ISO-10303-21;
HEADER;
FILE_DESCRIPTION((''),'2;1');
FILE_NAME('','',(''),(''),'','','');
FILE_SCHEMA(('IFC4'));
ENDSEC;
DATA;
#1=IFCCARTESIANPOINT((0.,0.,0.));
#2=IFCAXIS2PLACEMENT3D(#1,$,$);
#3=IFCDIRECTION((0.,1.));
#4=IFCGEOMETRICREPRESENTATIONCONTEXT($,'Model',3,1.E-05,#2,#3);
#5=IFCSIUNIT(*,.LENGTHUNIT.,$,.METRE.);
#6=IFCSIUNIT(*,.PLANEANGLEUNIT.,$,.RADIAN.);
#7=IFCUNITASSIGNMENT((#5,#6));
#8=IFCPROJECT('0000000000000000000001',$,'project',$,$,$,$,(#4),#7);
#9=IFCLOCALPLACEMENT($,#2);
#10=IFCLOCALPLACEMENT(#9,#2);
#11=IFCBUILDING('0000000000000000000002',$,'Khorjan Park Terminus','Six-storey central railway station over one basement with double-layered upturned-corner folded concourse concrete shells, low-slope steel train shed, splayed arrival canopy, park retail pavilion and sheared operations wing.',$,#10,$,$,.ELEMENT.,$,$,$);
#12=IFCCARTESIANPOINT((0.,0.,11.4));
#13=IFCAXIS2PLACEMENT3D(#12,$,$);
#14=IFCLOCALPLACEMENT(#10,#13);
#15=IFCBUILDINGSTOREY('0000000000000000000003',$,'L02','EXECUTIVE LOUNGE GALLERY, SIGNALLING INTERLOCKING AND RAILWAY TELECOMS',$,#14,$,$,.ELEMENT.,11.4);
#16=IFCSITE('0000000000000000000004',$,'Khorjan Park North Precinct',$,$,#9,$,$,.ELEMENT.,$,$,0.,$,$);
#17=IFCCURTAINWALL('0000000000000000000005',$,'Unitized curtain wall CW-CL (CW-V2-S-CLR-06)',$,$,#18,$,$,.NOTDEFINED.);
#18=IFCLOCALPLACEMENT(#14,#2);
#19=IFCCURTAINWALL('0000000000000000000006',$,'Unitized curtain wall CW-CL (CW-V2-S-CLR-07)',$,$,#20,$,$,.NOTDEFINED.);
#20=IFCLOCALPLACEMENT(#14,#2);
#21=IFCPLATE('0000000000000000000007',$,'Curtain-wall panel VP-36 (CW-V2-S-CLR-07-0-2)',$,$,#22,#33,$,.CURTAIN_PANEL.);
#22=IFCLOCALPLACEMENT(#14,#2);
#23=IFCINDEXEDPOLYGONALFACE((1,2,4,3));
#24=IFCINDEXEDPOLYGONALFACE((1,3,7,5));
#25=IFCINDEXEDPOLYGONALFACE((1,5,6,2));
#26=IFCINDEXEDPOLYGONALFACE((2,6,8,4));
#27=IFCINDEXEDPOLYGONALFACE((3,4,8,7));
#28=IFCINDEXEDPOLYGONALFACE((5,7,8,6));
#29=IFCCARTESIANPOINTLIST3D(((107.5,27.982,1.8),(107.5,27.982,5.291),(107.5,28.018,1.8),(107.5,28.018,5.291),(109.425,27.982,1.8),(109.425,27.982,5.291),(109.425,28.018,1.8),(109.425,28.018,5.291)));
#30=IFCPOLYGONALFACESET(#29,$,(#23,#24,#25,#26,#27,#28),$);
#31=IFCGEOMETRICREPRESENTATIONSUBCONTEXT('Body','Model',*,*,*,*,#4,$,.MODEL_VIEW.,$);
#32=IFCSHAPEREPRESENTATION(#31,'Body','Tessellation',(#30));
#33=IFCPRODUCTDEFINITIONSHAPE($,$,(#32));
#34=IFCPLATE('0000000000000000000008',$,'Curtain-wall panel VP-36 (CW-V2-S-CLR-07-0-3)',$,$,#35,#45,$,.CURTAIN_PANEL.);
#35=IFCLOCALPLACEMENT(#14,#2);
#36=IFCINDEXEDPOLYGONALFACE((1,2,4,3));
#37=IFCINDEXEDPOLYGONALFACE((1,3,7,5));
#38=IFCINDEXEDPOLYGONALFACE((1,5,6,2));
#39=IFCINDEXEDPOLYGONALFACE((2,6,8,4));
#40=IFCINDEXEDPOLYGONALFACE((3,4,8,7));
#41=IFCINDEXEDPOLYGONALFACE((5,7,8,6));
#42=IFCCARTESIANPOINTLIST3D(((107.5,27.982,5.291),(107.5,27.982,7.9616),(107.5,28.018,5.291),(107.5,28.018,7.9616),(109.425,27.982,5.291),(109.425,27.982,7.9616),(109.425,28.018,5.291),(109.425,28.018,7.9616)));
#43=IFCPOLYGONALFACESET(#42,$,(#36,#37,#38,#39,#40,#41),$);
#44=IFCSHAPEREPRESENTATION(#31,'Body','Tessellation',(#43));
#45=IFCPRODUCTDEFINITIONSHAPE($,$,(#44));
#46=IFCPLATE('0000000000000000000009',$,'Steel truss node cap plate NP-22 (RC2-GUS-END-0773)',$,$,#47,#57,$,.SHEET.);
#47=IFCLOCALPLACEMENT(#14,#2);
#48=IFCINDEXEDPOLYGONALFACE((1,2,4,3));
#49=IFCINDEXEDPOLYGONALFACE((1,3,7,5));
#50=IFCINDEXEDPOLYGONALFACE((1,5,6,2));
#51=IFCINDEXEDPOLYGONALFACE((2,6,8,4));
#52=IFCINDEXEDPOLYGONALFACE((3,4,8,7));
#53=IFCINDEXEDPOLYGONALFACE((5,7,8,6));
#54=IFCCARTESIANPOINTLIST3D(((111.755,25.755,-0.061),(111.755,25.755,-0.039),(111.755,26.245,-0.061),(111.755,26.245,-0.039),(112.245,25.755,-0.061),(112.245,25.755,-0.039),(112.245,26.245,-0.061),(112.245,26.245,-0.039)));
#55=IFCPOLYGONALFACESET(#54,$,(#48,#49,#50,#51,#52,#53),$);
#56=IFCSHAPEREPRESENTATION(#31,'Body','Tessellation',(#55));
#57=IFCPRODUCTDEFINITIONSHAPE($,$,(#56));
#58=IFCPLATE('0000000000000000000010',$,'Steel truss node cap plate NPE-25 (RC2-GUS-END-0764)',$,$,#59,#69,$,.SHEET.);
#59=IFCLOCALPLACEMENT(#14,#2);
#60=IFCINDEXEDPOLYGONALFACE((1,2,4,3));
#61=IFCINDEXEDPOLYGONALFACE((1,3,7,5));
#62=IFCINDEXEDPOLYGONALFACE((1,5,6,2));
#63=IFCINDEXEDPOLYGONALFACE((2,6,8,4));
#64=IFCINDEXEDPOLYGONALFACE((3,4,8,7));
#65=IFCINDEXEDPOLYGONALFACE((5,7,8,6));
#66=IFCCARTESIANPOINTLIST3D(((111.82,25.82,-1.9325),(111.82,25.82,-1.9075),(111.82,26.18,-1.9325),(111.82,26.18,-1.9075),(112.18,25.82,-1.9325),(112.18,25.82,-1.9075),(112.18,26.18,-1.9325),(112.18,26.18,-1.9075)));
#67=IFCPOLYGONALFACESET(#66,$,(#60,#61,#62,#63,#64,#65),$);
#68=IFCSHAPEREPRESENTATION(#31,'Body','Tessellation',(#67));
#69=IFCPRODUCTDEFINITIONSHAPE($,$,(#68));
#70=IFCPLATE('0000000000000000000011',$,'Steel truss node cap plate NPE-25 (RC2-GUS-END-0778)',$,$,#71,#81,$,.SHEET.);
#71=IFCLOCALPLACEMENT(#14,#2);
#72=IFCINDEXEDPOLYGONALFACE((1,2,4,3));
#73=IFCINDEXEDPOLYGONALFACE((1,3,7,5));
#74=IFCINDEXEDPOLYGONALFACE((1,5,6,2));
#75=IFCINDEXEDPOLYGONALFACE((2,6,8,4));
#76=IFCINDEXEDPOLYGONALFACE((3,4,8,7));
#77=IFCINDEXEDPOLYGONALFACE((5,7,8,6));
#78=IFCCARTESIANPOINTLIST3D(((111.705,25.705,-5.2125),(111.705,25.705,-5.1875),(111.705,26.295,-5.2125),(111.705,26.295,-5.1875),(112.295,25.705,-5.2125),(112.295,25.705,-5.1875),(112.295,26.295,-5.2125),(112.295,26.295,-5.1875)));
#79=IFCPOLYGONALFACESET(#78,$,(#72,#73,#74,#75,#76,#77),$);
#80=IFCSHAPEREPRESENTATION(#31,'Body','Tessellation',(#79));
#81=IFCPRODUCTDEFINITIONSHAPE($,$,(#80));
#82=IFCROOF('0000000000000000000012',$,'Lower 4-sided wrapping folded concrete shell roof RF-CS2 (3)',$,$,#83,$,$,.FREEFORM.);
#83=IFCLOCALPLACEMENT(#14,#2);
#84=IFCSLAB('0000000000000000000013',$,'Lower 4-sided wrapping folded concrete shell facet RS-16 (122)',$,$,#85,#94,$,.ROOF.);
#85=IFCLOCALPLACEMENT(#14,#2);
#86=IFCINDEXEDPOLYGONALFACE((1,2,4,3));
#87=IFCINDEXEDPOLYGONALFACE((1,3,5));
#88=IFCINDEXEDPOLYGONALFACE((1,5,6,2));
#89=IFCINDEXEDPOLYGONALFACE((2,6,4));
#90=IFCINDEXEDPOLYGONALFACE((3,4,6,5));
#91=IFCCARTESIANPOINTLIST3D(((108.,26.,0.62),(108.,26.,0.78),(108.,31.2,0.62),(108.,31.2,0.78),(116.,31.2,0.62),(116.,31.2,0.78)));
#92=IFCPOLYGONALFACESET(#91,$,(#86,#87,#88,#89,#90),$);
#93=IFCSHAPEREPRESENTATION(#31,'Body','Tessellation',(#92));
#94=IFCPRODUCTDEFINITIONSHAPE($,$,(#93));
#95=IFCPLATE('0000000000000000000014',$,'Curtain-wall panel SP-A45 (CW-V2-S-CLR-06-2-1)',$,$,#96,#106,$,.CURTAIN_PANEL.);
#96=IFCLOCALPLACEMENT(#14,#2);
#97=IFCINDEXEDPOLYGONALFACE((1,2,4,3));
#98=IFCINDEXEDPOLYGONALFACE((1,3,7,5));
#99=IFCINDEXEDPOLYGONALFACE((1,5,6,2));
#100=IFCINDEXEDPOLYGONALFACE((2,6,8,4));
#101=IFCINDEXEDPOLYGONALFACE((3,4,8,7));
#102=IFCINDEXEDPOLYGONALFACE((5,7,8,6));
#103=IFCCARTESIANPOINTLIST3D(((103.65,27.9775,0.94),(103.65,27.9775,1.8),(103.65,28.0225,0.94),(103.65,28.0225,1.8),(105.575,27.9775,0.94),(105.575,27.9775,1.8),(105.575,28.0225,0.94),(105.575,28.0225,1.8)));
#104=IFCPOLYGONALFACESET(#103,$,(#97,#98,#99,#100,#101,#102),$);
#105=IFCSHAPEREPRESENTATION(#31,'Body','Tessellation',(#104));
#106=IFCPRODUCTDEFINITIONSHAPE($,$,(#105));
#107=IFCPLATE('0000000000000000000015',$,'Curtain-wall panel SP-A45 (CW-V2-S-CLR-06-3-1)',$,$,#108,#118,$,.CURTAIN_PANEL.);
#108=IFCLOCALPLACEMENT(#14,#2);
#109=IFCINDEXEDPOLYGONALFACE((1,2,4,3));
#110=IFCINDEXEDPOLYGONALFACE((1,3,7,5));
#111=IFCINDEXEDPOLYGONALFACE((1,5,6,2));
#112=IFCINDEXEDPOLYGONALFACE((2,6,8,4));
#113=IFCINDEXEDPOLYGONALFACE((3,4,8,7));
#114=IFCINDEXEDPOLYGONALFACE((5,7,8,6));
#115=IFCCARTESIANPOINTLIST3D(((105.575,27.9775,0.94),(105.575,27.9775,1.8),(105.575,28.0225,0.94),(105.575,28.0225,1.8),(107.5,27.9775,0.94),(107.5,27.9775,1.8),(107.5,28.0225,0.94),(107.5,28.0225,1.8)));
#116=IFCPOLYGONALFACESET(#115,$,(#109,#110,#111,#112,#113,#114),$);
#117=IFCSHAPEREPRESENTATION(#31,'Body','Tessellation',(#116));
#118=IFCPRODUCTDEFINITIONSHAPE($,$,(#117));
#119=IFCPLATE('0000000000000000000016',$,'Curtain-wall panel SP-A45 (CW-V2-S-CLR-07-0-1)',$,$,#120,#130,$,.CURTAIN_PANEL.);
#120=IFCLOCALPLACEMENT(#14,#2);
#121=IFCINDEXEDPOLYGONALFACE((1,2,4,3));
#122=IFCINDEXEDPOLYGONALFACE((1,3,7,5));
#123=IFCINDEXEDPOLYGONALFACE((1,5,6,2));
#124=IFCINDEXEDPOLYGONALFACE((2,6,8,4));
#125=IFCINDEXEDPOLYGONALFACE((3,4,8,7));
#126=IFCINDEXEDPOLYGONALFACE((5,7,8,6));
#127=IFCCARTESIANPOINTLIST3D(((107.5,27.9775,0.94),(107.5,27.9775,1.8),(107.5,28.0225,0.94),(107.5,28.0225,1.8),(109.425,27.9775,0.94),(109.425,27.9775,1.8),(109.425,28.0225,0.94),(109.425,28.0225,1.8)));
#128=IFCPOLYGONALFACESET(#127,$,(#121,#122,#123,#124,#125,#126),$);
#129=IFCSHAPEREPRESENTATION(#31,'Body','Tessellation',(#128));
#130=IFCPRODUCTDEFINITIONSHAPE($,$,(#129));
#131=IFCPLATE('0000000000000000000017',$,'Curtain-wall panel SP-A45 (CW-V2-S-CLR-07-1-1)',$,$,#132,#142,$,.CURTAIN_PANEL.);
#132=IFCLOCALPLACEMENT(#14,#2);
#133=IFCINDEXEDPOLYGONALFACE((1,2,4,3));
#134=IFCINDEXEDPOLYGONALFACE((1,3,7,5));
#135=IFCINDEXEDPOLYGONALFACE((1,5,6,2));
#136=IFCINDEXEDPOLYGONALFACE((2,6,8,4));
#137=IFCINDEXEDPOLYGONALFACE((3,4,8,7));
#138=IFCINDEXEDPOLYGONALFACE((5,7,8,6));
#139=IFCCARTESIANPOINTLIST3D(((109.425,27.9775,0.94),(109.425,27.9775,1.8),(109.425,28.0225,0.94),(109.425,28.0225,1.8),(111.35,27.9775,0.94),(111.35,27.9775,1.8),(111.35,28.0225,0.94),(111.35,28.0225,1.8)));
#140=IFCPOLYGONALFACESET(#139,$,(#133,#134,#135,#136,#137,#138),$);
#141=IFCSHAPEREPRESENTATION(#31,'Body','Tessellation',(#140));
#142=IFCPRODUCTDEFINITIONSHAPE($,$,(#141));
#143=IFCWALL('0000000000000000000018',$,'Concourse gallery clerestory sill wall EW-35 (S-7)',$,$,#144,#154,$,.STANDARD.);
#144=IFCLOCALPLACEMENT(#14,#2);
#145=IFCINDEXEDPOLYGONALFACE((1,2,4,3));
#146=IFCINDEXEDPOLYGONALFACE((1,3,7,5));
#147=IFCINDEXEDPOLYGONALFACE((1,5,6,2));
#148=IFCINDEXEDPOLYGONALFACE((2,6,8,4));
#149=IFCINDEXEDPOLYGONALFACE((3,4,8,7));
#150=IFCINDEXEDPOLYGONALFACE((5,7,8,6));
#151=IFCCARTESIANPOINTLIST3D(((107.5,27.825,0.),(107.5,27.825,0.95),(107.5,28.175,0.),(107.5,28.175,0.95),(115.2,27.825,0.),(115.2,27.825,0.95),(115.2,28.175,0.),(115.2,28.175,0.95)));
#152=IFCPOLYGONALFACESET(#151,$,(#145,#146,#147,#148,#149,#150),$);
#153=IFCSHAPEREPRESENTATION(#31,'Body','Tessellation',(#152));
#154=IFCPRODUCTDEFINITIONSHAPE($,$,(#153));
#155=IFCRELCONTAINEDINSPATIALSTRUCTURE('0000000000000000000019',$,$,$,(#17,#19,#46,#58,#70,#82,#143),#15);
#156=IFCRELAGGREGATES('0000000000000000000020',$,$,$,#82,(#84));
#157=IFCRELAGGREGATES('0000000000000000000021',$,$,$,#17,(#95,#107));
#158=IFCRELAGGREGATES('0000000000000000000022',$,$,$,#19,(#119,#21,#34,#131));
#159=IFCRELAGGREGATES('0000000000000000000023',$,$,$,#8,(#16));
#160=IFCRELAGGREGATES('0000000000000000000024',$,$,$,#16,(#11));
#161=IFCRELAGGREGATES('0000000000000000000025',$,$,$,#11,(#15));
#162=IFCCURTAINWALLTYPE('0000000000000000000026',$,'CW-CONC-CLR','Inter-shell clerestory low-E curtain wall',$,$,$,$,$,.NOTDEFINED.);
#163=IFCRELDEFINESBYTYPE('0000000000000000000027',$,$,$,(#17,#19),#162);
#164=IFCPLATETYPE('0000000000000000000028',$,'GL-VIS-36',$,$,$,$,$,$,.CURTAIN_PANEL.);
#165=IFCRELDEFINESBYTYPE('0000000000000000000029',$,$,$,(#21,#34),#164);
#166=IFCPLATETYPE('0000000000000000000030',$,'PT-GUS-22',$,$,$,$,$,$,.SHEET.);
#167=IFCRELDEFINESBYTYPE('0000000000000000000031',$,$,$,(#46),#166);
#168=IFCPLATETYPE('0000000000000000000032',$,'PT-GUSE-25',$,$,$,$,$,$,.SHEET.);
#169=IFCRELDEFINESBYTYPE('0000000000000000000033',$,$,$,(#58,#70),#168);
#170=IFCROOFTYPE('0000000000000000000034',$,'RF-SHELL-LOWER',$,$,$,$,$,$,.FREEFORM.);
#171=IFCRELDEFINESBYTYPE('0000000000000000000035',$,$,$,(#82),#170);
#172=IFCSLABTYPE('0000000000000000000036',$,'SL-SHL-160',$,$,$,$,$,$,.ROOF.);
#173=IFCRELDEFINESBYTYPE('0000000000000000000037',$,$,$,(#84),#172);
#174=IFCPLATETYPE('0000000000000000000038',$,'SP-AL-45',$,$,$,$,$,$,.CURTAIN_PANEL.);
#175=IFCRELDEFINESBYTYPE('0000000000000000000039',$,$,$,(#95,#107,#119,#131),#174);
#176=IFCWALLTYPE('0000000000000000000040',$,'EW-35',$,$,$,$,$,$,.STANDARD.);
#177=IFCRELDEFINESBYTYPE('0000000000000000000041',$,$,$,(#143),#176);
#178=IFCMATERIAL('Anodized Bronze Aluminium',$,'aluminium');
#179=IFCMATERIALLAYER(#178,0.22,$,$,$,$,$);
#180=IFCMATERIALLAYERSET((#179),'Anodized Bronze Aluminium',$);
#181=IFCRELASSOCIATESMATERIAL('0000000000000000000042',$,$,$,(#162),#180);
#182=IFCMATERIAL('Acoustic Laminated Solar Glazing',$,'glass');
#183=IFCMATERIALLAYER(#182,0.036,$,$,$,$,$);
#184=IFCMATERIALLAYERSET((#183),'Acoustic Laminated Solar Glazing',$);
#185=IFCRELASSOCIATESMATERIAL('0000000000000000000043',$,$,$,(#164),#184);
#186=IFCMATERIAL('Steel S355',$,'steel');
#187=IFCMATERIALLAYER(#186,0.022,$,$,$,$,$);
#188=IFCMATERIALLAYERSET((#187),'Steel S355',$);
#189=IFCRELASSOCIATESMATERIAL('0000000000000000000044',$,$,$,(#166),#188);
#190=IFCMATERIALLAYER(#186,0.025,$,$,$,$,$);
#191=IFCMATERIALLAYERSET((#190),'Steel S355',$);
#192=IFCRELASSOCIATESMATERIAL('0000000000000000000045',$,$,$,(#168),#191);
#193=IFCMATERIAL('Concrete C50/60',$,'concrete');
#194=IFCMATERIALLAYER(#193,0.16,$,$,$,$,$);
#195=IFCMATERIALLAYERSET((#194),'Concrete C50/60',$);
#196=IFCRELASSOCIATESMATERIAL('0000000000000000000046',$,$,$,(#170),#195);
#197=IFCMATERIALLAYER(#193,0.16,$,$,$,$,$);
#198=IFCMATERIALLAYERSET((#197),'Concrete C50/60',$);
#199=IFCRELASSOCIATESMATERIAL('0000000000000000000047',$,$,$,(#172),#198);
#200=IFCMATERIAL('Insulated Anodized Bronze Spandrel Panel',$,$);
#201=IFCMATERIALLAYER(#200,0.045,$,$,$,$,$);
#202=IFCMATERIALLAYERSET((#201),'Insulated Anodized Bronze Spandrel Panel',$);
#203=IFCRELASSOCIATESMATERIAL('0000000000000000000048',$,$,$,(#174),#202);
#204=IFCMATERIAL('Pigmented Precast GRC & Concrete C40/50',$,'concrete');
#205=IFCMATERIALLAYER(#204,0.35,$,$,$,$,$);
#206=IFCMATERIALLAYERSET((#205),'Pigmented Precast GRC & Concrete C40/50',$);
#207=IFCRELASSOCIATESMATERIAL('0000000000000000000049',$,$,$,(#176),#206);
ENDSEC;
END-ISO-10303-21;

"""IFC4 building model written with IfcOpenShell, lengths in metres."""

from ifc_helpers import new_model, si_unit, direction, frame, frame_2d, origin, origin_2d, place, context, subcontext, project, spatial, polyline, rectangle, outline, extrude, material, layer, layer_set, type_object, element, aggregate, save


model = new_model("IFC4")

# Units and contexts
model_context = context("Model", 3, precision=1e-05, world=origin(), true_north=direction((0.0, 1.0)))
body_context = subcontext(model_context, "Body", "Model", "MODEL_VIEW")
ifc_project = project(units=[si_unit("LENGTHUNIT", "METRE"), si_unit("PLANEANGLEUNIT", "RADIAN")], contexts=[model_context])

# Site, building, storey
site_placement = place(None, origin())
site = spatial("IfcSite", under=ifc_project, at=site_placement, Name="Khorjan Park North Precinct", CompositionType="ELEMENT", RefElevation=0.0)
building_placement = place(site_placement, origin())
building = spatial("IfcBuilding", under=site, at=building_placement, Name="Khorjan Park Terminus", Description="Six-storey central railway station over one basement with double-layered upturned-corner folded concourse concrete shells, low-slope steel train shed, splayed arrival canopy, park retail pavilion and sheared operations wing.", CompositionType="ELEMENT")
storey_placement = place(building_placement, frame((0.0, 0.0, 11.4)))
storey = spatial("IfcBuildingStorey", under=building, at=storey_placement, Name="L02", Description="EXECUTIVE LOUNGE GALLERY, SIGNALLING INTERLOCKING AND RAILWAY TELECOMS", CompositionType="ELEMENT", Elevation=11.4)

# Shared definitions
ifc_material_1 = material(Name="Concrete C50/60", Category="concrete")

# Shared definitions
ifc_material_2 = material(Name="Steel S355", Category="steel")

# Curtain wall
ifc_material_3 = material(Name="Anodized Bronze Aluminium", Category="aluminium")
ifc_layer_1 = layer(ifc_material_3, 0.22)
ifc_layer_set_1 = layer_set([ifc_layer_1], Name="Anodized Bronze Aluminium")
curtain_wall_type = type_object("IfcCurtainWallType", Name="CW-CONC-CLR", Description="Inter-shell clerestory low-E curtain wall", PredefinedType="NOTDEFINED", material=ifc_layer_set_1)
curtain_wall_1_placement = place(storey_placement, origin())
curtain_wall_1 = element("IfcCurtainWall", 1, at=curtain_wall_1_placement, inside=storey, type_object=curtain_wall_type, Name="Unitized curtain wall CW-CL (CW-V2-S-CLR-06)", PredefinedType="NOTDEFINED")

# Curtain wall
curtain_wall_2_placement = place(storey_placement, origin())
curtain_wall_2 = element("IfcCurtainWall", 2, at=curtain_wall_2_placement, inside=storey, type_object=curtain_wall_type, Name="Unitized curtain wall CW-CL (CW-V2-S-CLR-07)", PredefinedType="NOTDEFINED")

# Plates
ifc_material_4 = material(Name="Acoustic Laminated Solar Glazing", Category="glass")
ifc_layer_2 = layer(ifc_material_4, 0.036)
ifc_layer_set_2 = layer_set([ifc_layer_2], Name="Acoustic Laminated Solar Glazing")
plate_type_1 = type_object("IfcPlateType", Name="GL-VIS-36", PredefinedType="CURTAIN_PANEL", material=ifc_layer_set_2)
plate_1_placement = place(storey_placement, frame((108.4625, 28.0, 1.8), z_axis=(0.0, 0.0, 1.0), x_axis=(1.0, 0.0, 0.0)))
plate_1 = element("IfcPlate", 3, at=plate_1_placement, type_object=plate_type_1, Name="Curtain-wall panel VP-36 (CW-V2-S-CLR-07-0-2)", PredefinedType="CURTAIN_PANEL", context=body_context, shape_type="SweptSolid", body=[
    extrude(rectangle(XDim=1.925, YDim=0.036, at=origin_2d()), origin(), (0.0, 0.0, 1.0), 3.491),
])
plate_2_placement = place(storey_placement, frame((108.4625, 28.0, 5.291), z_axis=(0.0, 0.0, 1.0), x_axis=(1.0, 0.0, 0.0)))
plate_2 = element("IfcPlate", 4, at=plate_2_placement, type_object=plate_type_1, Name="Curtain-wall panel VP-36 (CW-V2-S-CLR-07-0-3)", PredefinedType="CURTAIN_PANEL", context=body_context, shape_type="SweptSolid", body=[
    extrude(rectangle(XDim=1.925, YDim=0.036, at=origin_2d()), origin(), (0.0, 0.0, 1.0), 2.6706),
])

# Plates
ifc_layer_3 = layer(ifc_material_2, 0.022)
ifc_layer_set_3 = layer_set([ifc_layer_3], Name="Steel S355")
plate_type_2 = type_object("IfcPlateType", Name="PT-GUS-22", PredefinedType="SHEET", material=ifc_layer_set_3)
plate_3_placement = place(storey_placement, frame((112.0, 26.0, -0.061), z_axis=(0.0, 0.0, 1.0), x_axis=(1.0, 0.0, 0.0)))
element("IfcPlate", 5, at=plate_3_placement, inside=storey, type_object=plate_type_2, Name="Steel truss node cap plate NP-22 (RC2-GUS-END-0773)", PredefinedType="SHEET", context=body_context, shape_type="SweptSolid", body=[
    extrude(rectangle(XDim=0.49, YDim=0.49, at=origin_2d()), origin(), (0.0, 0.0, 1.0), 0.022),
])
ifc_layer_4 = layer(ifc_material_2, 0.025)
ifc_layer_set_4 = layer_set([ifc_layer_4], Name="Steel S355")
plate_type_3 = type_object("IfcPlateType", Name="PT-GUSE-25", PredefinedType="SHEET", material=ifc_layer_set_4)
plate_4_placement = place(storey_placement, frame((112.0, 26.0, -1.9325), z_axis=(0.0, 0.0, 1.0), x_axis=(1.0, 0.0, 0.0)))
element("IfcPlate", 6, at=plate_4_placement, inside=storey, type_object=plate_type_3, Name="Steel truss node cap plate NPE-25 (RC2-GUS-END-0764)", PredefinedType="SHEET", context=body_context, shape_type="SweptSolid", body=[
    extrude(rectangle(XDim=0.36, YDim=0.36, at=origin_2d()), origin(), (0.0, 0.0, 1.0), 0.025),
])
plate_5_placement = place(storey_placement, frame((112.0, 26.0, -5.2125), z_axis=(0.0, 0.0, 1.0), x_axis=(1.0, 0.0, 0.0)))
element("IfcPlate", 7, at=plate_5_placement, inside=storey, type_object=plate_type_3, Name="Steel truss node cap plate NPE-25 (RC2-GUS-END-0778)", PredefinedType="SHEET", context=body_context, shape_type="SweptSolid", body=[
    extrude(rectangle(XDim=0.59, YDim=0.59, at=origin_2d()), origin(), (0.0, 0.0, 1.0), 0.025),
])

# Roof, slab
ifc_layer_5 = layer(ifc_material_1, 0.16)
ifc_layer_set_5 = layer_set([ifc_layer_5], Name="Concrete C50/60")
roof_type = type_object("IfcRoofType", Name="RF-SHELL-LOWER", PredefinedType="FREEFORM", material=ifc_layer_set_5)
roof_placement = place(storey_placement, origin())
roof = element("IfcRoof", 8, at=roof_placement, inside=storey, type_object=roof_type, Name="Lower 4-sided wrapping folded concrete shell roof RF-CS2 (3)", PredefinedType="FREEFORM")
ifc_layer_6 = layer(ifc_material_1, 0.16)
ifc_layer_set_6 = layer_set([ifc_layer_6], Name="Concrete C50/60")
slab_type = type_object("IfcSlabType", Name="SL-SHL-160", PredefinedType="ROOF", material=ifc_layer_set_6)
slab_placement = place(storey_placement, frame((108.0, 26.0, 0.78), z_axis=(0.0, 0.0, 1.0), x_axis=(0.838444, 0.544988, 0.0)))
slab = element("IfcSlab", 9, at=slab_placement, type_object=slab_type, Name="Lower 4-sided wrapping folded concrete shell facet RS-16 (122)", PredefinedType="ROOF", context=body_context, shape_type="SweptSolid", body=[
    extrude(outline(polyline([(0.0, 0.0), (9.5415, 0.0), (2.8339, 4.3599), (0.0, 0.0)])), origin(), (0.0, 0.0, -1.0), 0.16),
])
aggregate(roof, [slab])

# Plates
ifc_material_5 = material(Name="Insulated Anodized Bronze Spandrel Panel")
ifc_layer_7 = layer(ifc_material_5, 0.045)
ifc_layer_set_7 = layer_set([ifc_layer_7], Name="Insulated Anodized Bronze Spandrel Panel")
plate_type_4 = type_object("IfcPlateType", Name="SP-AL-45", PredefinedType="CURTAIN_PANEL", material=ifc_layer_set_7)
plate_6_placement = place(storey_placement, frame((104.6125, 28.0, 0.94), z_axis=(0.0, 0.0, 1.0), x_axis=(1.0, 0.0, 0.0)))
plate_6 = element("IfcPlate", 10, at=plate_6_placement, type_object=plate_type_4, Name="Curtain-wall panel SP-A45 (CW-V2-S-CLR-06-2-1)", PredefinedType="CURTAIN_PANEL", context=body_context, shape_type="SweptSolid", body=[
    extrude(rectangle(XDim=1.925, YDim=0.045, at=origin_2d()), origin(), (0.0, 0.0, 1.0), 0.86),
])
plate_7_placement = place(storey_placement, frame((106.5375, 28.0, 0.94), z_axis=(0.0, 0.0, 1.0), x_axis=(1.0, 0.0, 0.0)))
plate_7 = element("IfcPlate", 11, at=plate_7_placement, type_object=plate_type_4, Name="Curtain-wall panel SP-A45 (CW-V2-S-CLR-06-3-1)", PredefinedType="CURTAIN_PANEL", context=body_context, shape_type="SweptSolid", body=[
    extrude(rectangle(XDim=1.925, YDim=0.045, at=origin_2d()), origin(), (0.0, 0.0, 1.0), 0.86),
])
aggregate(curtain_wall_1, [plate_6, plate_7])
plate_8_placement = place(storey_placement, frame((108.4625, 28.0, 0.94), z_axis=(0.0, 0.0, 1.0), x_axis=(1.0, 0.0, 0.0)))
plate_8 = element("IfcPlate", 12, at=plate_8_placement, type_object=plate_type_4, Name="Curtain-wall panel SP-A45 (CW-V2-S-CLR-07-0-1)", PredefinedType="CURTAIN_PANEL", context=body_context, shape_type="SweptSolid", body=[
    extrude(rectangle(XDim=1.925, YDim=0.045, at=origin_2d()), origin(), (0.0, 0.0, 1.0), 0.86),
])
plate_9_placement = place(storey_placement, frame((110.3875, 28.0, 0.94), z_axis=(0.0, 0.0, 1.0), x_axis=(1.0, 0.0, 0.0)))
plate_9 = element("IfcPlate", 13, at=plate_9_placement, type_object=plate_type_4, Name="Curtain-wall panel SP-A45 (CW-V2-S-CLR-07-1-1)", PredefinedType="CURTAIN_PANEL", context=body_context, shape_type="SweptSolid", body=[
    extrude(rectangle(XDim=1.925, YDim=0.045, at=origin_2d()), origin(), (0.0, 0.0, 1.0), 0.86),
])
aggregate(curtain_wall_2, [plate_8, plate_1, plate_2, plate_9])

# Wall
ifc_material_6 = material(Name="Pigmented Precast GRC & Concrete C40/50", Category="concrete")
ifc_layer_8 = layer(ifc_material_6, 0.35)
ifc_layer_set_8 = layer_set([ifc_layer_8], Name="Pigmented Precast GRC & Concrete C40/50")
wall_type = type_object("IfcWallType", Name="EW-35", PredefinedType="STANDARD", material=ifc_layer_set_8)
wall_placement = place(storey_placement, frame((107.5, 28.0, 0.0), z_axis=(0.0, 0.0, 1.0), x_axis=(1.0, 0.0, 0.0)))
element("IfcWall", 14, at=wall_placement, inside=storey, type_object=wall_type, Name="Concourse gallery clerestory sill wall EW-35 (S-7)", PredefinedType="STANDARD", context=body_context, shape_type="SweptSolid", body=[
    extrude(rectangle(XDim=7.7, YDim=0.35, at=frame_2d((3.85, 0.0))), origin(), (0.0, 0.0, 1.0), 0.95),
])

save(model, "model.ifc")
